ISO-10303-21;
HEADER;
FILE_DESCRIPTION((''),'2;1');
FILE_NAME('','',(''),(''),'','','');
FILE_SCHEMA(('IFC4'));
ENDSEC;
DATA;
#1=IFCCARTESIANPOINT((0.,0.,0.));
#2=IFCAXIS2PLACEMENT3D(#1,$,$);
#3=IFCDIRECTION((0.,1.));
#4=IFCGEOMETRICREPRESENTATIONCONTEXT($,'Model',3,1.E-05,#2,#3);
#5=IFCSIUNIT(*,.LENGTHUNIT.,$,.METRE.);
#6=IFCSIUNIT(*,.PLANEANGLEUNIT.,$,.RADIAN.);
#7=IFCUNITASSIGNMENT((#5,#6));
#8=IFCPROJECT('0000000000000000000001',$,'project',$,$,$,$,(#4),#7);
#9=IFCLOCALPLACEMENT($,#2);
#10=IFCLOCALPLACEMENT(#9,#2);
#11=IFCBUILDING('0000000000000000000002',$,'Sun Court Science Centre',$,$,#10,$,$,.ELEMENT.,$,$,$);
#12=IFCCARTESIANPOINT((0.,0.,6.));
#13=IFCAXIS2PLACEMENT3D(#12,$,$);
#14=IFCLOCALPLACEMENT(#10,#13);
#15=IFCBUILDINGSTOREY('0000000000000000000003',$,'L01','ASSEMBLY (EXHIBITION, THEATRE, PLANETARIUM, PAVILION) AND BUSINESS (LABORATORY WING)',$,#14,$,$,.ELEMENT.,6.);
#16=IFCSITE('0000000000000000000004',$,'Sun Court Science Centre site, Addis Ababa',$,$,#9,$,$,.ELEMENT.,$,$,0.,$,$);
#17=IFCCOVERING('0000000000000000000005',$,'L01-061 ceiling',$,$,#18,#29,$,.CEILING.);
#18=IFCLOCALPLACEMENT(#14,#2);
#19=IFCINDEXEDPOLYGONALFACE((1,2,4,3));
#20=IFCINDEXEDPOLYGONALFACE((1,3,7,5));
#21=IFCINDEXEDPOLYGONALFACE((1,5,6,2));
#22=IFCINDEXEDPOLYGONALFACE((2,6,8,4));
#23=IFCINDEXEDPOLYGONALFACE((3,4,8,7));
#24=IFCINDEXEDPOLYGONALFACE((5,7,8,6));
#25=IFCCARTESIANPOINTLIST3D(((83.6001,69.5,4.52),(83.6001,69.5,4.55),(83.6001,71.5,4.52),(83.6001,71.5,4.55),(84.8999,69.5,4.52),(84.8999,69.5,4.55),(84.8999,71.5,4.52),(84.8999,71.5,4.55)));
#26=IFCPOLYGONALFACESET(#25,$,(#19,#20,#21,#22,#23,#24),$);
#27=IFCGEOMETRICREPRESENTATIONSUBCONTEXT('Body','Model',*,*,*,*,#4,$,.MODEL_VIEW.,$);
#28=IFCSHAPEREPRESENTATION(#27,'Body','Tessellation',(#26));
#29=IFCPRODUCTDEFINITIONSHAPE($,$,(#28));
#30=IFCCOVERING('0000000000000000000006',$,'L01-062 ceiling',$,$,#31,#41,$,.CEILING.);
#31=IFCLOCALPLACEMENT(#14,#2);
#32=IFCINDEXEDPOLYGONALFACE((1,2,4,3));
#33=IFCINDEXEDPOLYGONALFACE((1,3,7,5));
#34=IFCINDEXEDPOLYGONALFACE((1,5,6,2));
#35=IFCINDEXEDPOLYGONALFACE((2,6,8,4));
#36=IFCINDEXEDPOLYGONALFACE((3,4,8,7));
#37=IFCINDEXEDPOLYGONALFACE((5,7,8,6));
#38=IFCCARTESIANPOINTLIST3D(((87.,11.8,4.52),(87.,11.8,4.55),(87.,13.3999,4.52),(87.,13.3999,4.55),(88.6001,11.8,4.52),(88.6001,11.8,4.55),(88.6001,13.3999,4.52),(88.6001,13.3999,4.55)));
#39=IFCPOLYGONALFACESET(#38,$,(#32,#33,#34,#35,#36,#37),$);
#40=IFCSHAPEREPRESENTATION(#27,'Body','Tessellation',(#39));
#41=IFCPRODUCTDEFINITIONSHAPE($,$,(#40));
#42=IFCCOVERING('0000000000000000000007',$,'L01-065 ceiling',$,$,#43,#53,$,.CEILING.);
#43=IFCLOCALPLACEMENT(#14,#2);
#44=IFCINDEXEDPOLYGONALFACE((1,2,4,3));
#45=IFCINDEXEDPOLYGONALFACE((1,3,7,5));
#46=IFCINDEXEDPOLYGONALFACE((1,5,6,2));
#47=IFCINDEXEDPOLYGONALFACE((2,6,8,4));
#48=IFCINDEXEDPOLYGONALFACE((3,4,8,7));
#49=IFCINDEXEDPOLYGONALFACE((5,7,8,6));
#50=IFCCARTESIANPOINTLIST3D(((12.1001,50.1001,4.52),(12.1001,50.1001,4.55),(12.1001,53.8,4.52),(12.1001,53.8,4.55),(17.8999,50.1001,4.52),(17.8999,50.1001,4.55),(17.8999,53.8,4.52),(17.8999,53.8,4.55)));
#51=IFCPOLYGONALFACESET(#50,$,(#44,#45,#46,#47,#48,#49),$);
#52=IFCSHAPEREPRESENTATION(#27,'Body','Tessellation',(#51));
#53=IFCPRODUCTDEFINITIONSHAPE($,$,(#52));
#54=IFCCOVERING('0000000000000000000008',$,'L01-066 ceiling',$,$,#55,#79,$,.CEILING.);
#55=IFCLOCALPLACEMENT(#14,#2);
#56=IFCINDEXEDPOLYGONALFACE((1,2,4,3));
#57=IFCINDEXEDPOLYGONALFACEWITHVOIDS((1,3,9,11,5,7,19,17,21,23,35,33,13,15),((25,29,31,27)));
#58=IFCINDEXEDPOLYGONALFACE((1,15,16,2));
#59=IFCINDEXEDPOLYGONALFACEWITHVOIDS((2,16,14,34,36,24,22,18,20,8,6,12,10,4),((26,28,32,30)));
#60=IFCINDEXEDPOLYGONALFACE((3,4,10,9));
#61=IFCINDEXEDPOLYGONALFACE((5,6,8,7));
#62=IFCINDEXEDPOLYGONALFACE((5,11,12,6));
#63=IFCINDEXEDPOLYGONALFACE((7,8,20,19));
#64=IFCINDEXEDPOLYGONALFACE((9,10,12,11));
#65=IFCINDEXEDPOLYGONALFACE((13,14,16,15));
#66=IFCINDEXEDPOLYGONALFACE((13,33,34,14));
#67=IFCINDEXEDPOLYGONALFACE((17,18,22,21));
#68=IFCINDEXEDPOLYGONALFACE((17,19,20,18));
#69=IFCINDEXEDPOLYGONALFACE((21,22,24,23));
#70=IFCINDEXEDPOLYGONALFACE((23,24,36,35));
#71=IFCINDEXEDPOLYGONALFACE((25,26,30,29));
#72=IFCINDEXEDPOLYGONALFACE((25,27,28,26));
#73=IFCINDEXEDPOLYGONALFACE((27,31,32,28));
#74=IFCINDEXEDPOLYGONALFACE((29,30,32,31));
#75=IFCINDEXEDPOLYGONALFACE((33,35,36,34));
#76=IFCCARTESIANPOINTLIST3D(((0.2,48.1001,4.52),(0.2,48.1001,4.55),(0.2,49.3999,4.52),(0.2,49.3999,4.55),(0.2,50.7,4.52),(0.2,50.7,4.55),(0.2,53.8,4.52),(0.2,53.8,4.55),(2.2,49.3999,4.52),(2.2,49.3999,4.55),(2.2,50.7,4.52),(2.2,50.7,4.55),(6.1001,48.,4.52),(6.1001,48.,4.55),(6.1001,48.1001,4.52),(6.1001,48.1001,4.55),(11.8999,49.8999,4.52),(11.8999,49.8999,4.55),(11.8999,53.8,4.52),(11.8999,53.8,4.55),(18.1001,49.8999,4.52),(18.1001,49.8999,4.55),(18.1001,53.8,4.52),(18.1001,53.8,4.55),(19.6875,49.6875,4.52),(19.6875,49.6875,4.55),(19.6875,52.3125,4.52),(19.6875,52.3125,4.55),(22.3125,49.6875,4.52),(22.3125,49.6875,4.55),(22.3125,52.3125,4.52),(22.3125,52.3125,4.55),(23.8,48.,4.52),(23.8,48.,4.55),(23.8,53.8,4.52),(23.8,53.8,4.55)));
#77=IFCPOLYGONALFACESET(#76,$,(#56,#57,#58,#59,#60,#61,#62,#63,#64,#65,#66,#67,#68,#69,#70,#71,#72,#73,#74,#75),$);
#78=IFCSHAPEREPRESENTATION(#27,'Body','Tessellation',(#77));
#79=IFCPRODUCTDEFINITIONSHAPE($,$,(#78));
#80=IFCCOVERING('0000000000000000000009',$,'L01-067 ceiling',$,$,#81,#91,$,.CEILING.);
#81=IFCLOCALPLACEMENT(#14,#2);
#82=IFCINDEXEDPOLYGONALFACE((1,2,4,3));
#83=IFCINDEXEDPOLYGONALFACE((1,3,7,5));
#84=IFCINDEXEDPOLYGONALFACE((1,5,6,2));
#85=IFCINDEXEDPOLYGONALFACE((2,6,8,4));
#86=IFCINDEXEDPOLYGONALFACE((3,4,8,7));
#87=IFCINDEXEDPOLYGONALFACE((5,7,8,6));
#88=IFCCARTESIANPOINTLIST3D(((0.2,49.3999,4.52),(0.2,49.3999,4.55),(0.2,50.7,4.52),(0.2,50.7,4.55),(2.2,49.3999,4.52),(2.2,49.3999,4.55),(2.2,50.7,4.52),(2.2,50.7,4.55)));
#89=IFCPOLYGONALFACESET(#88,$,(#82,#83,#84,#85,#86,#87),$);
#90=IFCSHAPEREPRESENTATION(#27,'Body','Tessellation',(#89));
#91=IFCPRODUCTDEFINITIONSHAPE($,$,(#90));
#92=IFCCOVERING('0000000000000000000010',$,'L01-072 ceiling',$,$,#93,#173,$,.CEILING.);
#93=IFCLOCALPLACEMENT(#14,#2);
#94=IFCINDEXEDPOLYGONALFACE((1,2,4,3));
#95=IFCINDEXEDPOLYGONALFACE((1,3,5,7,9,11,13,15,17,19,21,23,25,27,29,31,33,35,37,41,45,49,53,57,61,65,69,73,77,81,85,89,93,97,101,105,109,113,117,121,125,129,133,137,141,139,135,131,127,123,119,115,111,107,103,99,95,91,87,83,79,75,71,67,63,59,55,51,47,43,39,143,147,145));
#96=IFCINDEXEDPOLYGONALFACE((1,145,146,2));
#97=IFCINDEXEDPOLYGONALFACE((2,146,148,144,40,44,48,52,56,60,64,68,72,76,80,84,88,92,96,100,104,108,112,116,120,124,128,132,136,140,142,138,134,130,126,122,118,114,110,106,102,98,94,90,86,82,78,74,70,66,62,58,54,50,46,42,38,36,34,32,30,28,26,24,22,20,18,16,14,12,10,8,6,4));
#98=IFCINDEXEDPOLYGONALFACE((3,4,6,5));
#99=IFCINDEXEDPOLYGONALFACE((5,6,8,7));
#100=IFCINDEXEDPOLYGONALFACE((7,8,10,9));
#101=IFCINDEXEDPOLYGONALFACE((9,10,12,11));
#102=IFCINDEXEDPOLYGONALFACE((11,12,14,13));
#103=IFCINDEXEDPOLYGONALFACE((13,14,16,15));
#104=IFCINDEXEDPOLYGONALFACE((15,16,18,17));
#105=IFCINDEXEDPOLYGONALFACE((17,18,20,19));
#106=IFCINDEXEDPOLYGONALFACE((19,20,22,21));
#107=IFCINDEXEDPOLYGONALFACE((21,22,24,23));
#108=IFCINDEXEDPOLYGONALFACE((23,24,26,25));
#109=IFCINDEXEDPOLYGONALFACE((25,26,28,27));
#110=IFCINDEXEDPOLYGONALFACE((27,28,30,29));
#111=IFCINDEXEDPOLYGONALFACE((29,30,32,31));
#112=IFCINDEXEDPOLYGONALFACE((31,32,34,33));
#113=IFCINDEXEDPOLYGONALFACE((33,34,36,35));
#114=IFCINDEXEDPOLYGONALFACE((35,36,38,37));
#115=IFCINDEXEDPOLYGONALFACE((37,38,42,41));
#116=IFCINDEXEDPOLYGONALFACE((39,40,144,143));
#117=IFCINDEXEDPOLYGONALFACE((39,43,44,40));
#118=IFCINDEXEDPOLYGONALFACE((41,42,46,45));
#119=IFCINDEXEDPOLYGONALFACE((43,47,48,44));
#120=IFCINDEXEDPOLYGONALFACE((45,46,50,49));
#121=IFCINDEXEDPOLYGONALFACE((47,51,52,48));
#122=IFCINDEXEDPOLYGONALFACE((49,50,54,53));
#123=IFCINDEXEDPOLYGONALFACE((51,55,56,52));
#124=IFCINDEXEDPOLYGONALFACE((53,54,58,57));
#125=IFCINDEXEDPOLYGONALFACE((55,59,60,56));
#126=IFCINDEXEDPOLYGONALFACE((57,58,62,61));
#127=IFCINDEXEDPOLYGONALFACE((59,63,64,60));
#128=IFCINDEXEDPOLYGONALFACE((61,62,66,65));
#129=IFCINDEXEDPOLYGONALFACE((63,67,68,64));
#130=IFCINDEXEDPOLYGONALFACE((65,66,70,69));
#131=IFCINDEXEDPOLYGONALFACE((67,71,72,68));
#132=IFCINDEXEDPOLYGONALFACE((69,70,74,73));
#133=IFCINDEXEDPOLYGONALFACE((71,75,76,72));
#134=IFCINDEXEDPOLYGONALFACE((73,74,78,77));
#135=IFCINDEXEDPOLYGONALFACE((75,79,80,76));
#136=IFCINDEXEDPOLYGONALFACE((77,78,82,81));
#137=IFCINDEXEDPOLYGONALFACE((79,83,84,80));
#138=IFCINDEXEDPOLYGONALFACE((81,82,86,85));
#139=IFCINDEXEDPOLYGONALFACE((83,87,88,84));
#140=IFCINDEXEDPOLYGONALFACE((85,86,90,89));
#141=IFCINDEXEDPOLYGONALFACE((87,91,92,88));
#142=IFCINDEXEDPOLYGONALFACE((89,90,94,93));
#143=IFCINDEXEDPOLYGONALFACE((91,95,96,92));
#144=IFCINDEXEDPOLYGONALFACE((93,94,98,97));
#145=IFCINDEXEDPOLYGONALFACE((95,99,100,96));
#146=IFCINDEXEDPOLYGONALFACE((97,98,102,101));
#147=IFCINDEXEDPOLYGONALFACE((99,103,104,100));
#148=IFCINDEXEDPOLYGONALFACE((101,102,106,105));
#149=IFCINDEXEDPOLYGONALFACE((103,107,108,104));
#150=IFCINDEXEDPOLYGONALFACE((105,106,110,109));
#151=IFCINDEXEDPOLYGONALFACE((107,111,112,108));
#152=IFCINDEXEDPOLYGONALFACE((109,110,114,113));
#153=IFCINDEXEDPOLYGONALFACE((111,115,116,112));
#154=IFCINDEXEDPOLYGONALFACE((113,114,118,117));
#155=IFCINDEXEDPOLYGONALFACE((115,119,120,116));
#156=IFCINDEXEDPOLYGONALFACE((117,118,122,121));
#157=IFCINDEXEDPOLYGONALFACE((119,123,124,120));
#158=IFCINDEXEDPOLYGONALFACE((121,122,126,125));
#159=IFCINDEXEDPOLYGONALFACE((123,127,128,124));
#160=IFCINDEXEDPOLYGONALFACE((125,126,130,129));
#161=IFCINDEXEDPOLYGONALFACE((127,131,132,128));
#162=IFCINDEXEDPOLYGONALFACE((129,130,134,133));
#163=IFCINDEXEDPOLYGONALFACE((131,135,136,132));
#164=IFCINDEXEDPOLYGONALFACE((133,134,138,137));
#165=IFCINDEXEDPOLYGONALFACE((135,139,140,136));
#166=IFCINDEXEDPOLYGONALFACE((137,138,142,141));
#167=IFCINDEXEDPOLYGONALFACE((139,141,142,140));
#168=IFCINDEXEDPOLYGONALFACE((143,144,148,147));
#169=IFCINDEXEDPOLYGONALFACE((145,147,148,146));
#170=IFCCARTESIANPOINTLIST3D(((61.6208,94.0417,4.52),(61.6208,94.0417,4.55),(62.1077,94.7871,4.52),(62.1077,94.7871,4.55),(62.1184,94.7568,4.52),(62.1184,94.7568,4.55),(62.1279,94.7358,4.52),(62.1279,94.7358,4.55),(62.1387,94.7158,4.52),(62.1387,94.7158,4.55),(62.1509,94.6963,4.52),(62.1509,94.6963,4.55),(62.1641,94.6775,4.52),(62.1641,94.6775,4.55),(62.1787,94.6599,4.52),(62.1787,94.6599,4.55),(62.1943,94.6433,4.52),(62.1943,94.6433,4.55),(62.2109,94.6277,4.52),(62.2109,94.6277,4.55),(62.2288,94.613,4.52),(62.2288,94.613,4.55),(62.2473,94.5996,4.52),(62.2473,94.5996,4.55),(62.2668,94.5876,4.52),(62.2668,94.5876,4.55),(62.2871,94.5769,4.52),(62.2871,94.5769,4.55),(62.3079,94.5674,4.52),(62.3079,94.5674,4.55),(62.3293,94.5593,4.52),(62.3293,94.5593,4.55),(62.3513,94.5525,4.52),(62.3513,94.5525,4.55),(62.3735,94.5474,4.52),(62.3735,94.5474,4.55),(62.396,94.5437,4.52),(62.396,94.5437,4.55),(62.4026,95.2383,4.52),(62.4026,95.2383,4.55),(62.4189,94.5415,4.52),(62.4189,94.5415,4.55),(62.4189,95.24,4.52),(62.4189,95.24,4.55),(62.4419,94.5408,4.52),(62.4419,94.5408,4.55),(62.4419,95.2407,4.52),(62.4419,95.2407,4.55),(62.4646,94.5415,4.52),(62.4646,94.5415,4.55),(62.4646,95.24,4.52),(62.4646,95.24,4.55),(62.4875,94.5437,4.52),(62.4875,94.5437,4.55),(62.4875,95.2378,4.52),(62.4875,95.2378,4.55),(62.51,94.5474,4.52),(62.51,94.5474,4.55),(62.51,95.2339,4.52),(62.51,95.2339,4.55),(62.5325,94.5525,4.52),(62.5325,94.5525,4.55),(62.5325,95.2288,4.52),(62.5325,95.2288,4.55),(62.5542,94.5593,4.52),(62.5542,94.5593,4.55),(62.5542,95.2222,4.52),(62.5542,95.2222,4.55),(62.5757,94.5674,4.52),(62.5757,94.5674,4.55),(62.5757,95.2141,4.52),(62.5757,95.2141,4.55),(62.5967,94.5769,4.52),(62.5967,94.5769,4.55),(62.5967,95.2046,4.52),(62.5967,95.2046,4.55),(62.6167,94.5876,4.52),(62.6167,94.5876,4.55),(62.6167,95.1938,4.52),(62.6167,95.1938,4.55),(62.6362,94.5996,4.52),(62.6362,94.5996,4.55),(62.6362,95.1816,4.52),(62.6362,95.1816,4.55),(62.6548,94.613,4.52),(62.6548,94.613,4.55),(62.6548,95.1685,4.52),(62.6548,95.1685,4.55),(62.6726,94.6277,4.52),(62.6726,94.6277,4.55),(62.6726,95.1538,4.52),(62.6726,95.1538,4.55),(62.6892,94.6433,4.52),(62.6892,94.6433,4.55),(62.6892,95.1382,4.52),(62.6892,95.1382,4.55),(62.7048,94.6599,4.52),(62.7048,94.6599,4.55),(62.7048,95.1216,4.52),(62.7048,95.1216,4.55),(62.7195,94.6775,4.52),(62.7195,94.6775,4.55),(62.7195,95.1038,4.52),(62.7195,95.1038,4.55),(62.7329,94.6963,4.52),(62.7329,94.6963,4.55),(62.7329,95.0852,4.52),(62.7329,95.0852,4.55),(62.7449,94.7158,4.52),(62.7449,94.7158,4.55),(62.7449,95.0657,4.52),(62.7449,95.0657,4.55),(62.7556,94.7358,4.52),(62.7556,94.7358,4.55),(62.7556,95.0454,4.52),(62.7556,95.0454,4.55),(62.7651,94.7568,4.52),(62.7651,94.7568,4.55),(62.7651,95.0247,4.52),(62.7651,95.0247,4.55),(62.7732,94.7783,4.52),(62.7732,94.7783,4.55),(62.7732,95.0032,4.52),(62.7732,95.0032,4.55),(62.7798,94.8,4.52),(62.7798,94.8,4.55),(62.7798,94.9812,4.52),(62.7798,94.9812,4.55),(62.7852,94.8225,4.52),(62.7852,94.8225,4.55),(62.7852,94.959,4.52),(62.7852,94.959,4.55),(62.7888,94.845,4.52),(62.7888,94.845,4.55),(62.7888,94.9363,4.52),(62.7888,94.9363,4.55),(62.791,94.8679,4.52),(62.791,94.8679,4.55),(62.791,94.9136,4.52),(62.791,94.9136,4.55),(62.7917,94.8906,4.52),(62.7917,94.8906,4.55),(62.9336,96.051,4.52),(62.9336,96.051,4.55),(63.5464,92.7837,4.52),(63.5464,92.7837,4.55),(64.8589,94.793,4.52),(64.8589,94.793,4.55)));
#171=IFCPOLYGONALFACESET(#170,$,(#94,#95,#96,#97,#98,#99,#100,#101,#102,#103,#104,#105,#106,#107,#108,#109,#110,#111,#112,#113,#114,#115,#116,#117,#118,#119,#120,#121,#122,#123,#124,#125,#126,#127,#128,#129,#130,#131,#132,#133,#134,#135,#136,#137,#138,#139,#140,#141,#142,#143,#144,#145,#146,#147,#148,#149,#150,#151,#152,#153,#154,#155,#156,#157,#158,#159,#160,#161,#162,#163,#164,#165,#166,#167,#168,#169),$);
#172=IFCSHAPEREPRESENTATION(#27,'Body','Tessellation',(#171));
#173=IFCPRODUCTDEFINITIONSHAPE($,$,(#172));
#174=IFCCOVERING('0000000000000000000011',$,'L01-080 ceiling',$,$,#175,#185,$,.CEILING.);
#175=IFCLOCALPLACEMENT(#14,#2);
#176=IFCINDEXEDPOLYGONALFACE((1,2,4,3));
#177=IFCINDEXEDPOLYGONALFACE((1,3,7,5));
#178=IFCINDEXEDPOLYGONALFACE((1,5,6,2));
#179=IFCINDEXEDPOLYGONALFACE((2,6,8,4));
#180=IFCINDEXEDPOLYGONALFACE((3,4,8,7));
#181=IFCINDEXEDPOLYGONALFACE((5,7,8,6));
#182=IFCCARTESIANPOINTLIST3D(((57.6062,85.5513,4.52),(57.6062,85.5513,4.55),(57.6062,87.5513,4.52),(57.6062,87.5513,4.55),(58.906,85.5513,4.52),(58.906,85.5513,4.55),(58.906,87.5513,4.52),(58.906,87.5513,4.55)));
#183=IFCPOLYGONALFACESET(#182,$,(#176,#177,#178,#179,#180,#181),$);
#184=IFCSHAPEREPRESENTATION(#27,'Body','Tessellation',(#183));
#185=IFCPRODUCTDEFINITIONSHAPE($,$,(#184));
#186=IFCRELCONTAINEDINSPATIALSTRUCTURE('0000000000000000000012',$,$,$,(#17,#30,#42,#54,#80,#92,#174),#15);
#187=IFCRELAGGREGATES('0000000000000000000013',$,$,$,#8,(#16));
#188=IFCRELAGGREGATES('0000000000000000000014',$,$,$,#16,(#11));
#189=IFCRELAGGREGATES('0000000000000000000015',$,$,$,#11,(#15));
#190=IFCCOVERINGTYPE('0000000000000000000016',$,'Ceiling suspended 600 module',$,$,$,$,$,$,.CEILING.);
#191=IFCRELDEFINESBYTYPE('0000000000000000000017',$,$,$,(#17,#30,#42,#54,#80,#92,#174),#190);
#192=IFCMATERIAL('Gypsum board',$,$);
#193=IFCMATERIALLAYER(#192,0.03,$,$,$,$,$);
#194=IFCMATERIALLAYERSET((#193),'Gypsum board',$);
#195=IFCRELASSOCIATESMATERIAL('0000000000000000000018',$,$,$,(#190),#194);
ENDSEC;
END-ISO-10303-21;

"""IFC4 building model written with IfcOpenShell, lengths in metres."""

from ifc_helpers import new_model, si_unit, direction, frame, origin, place, context, subcontext, project, spatial, polyline, outline, extrude, material, layer, layer_set, type_object, element, save


model = new_model("IFC4")

# Units and contexts
model_context = context("Model", 3, precision=1e-05, world=origin(), true_north=direction((0.0, 1.0)))
body_context = subcontext(model_context, "Body", "Model", "MODEL_VIEW")
ifc_project = project(units=[si_unit("LENGTHUNIT", "METRE"), si_unit("PLANEANGLEUNIT", "RADIAN")], contexts=[model_context])

# Site, building, storey
site_placement = place(None, origin())
site = spatial("IfcSite", under=ifc_project, at=site_placement, Name="Sun Court Science Centre site, Addis Ababa", CompositionType="ELEMENT", RefElevation=0.0)
building_placement = place(site_placement, origin())
building = spatial("IfcBuilding", under=site, at=building_placement, Name="Sun Court Science Centre", CompositionType="ELEMENT")
storey_placement = place(building_placement, frame((0.0, 0.0, 6.0)))
storey = spatial("IfcBuildingStorey", under=building, at=storey_placement, Name="L01", Description="ASSEMBLY (EXHIBITION, THEATRE, PLANETARIUM, PAVILION) AND BUSINESS (LABORATORY WING)", CompositionType="ELEMENT", Elevation=6.0)

# Coverings
ifc_material_1 = material(Name="Gypsum board")
ifc_layer_1 = layer(ifc_material_1, 0.03)
ifc_layer_set_1 = layer_set([ifc_layer_1], Name="Gypsum board")
covering_type_1 = type_object("IfcCoveringType", Name="Ceiling suspended 600 module", PredefinedType="CEILING", material=ifc_layer_set_1)
covering_1_placement = place(storey_placement, frame((0.0, 0.0, 4.52)))
element("IfcCovering", 1, at=covering_1_placement, inside=storey, type_object=covering_type_1, Name="L01-061 ceiling", PredefinedType="CEILING", context=body_context, shape_type="SweptSolid", body=[
    extrude(outline(polyline([(84.8999, 71.5), (84.8999, 69.5), (83.6001, 69.5), (83.6001, 71.5), (84.8999, 71.5)])), origin(), (0.0, 0.0, 1.0), 0.03),
])
covering_2_placement = place(storey_placement, frame((0.0, 0.0, 4.52)))
element("IfcCovering", 2, at=covering_2_placement, inside=storey, type_object=covering_type_1, Name="L01-062 ceiling", PredefinedType="CEILING", context=body_context, shape_type="SweptSolid", body=[
    extrude(outline(polyline([(88.6001, 13.3999), (88.6001, 11.8), (87.0, 11.8), (87.0, 13.3999), (88.6001, 13.3999)])), origin(), (0.0, 0.0, 1.0), 0.03),
])
covering_3_placement = place(storey_placement, frame((0.0, 0.0, 4.52)))
element("IfcCovering", 3, at=covering_3_placement, inside=storey, type_object=covering_type_1, Name="L01-065 ceiling", PredefinedType="CEILING", context=body_context, shape_type="SweptSolid", body=[
    extrude(outline(polyline([(17.8999, 53.8), (17.8999, 50.1001), (12.1001, 50.1001), (12.1001, 53.8), (17.8999, 53.8)])), origin(), (0.0, 0.0, 1.0), 0.03),
])
covering_4_placement = place(storey_placement, frame((0.0, 0.0, 4.52)))
element("IfcCovering", 4, at=covering_4_placement, inside=storey, type_object=covering_type_1, Name="L01-066 ceiling", PredefinedType="CEILING", context=body_context, shape_type="SweptSolid", body=[
    extrude(outline(polyline([(2.2, 49.3999), (2.2, 50.7), (0.2, 50.7), (0.2, 53.8), (11.8999, 53.8), (11.8999, 49.8999), (18.1001, 49.8999), (18.1001, 53.8), (23.8, 53.8), (23.8, 48.0), (6.1001, 48.0), (6.1001, 48.1001), (0.2, 48.1001), (0.2, 49.3999), (2.2, 49.3999)]), holes=[polyline([(22.3125, 49.6875), (22.3125, 52.3125), (19.6875, 52.3125), (19.6875, 49.6875), (22.3125, 49.6875)])]), origin(), (0.0, 0.0, 1.0), 0.03),
])
covering_5_placement = place(storey_placement, frame((0.0, 0.0, 4.52)))
element("IfcCovering", 5, at=covering_5_placement, inside=storey, type_object=covering_type_1, Name="L01-067 ceiling", PredefinedType="CEILING", context=body_context, shape_type="SweptSolid", body=[
    extrude(outline(polyline([(2.2, 50.7), (2.2, 49.3999), (0.2, 49.3999), (0.2, 50.7), (2.2, 50.7)])), origin(), (0.0, 0.0, 1.0), 0.03),
])
covering_6_placement = place(storey_placement, frame((0.0, 0.0, 4.52)))
element("IfcCovering", 6, at=covering_6_placement, inside=storey, type_object=covering_type_1, Name="L01-072 ceiling", PredefinedType="CEILING", context=body_context, shape_type="SweptSolid", body=[
    extrude(outline(polyline([(62.4026, 95.2383), (62.9336, 96.051), (64.8589, 94.793), (63.5464, 92.7837), (61.6208, 94.0417), (62.1077, 94.7871), (62.1184, 94.7568), (62.1279, 94.7358), (62.1387, 94.7158), (62.1509, 94.6963), (62.1641, 94.6775), (62.1787, 94.6599), (62.1943, 94.6433), (62.2109, 94.6277), (62.2288, 94.613), (62.2473, 94.5996), (62.2668, 94.5876), (62.2871, 94.5769), (62.3079, 94.5674), (62.3293, 94.5593), (62.3513, 94.5525), (62.3735, 94.5474), (62.396, 94.5437), (62.4189, 94.5415), (62.4419, 94.5408), (62.4646, 94.5415), (62.4875, 94.5437), (62.51, 94.5474), (62.5325, 94.5525), (62.5542, 94.5593), (62.5757, 94.5674), (62.5967, 94.5769), (62.6167, 94.5876), (62.6362, 94.5996), (62.6548, 94.613), (62.6726, 94.6277), (62.6892, 94.6433), (62.7048, 94.6599), (62.7195, 94.6775), (62.7329, 94.6963), (62.7449, 94.7158), (62.7556, 94.7358), (62.7651, 94.7568), (62.7732, 94.7783), (62.7798, 94.8), (62.7852, 94.8225), (62.7888, 94.845), (62.791, 94.8679), (62.7917, 94.8906), (62.791, 94.9136), (62.7888, 94.9363), (62.7852, 94.959), (62.7798, 94.9812), (62.7732, 95.0032), (62.7651, 95.0247), (62.7556, 95.0454), (62.7449, 95.0657), (62.7329, 95.0852), (62.7195, 95.1038), (62.7048, 95.1216), (62.6892, 95.1382), (62.6726, 95.1538), (62.6548, 95.1685), (62.6362, 95.1816), (62.6167, 95.1938), (62.5967, 95.2046), (62.5757, 95.2141), (62.5542, 95.2222), (62.5325, 95.2288), (62.51, 95.2339), (62.4875, 95.2378), (62.4646, 95.24), (62.4419, 95.2407), (62.4189, 95.24), (62.4026, 95.2383)])), origin(), (0.0, 0.0, 1.0), 0.03),
])
covering_7_placement = place(storey_placement, frame((0.0, 0.0, 4.52)))
element("IfcCovering", 7, at=covering_7_placement, inside=storey, type_object=covering_type_1, Name="L01-080 ceiling", PredefinedType="CEILING", context=body_context, shape_type="SweptSolid", body=[
    extrude(outline(polyline([(58.906, 87.5513), (58.906, 85.5513), (57.6062, 85.5513), (57.6062, 87.5513), (58.906, 87.5513)])), origin(), (0.0, 0.0, 1.0), 0.03),
])

save(model, "model.ifc")
